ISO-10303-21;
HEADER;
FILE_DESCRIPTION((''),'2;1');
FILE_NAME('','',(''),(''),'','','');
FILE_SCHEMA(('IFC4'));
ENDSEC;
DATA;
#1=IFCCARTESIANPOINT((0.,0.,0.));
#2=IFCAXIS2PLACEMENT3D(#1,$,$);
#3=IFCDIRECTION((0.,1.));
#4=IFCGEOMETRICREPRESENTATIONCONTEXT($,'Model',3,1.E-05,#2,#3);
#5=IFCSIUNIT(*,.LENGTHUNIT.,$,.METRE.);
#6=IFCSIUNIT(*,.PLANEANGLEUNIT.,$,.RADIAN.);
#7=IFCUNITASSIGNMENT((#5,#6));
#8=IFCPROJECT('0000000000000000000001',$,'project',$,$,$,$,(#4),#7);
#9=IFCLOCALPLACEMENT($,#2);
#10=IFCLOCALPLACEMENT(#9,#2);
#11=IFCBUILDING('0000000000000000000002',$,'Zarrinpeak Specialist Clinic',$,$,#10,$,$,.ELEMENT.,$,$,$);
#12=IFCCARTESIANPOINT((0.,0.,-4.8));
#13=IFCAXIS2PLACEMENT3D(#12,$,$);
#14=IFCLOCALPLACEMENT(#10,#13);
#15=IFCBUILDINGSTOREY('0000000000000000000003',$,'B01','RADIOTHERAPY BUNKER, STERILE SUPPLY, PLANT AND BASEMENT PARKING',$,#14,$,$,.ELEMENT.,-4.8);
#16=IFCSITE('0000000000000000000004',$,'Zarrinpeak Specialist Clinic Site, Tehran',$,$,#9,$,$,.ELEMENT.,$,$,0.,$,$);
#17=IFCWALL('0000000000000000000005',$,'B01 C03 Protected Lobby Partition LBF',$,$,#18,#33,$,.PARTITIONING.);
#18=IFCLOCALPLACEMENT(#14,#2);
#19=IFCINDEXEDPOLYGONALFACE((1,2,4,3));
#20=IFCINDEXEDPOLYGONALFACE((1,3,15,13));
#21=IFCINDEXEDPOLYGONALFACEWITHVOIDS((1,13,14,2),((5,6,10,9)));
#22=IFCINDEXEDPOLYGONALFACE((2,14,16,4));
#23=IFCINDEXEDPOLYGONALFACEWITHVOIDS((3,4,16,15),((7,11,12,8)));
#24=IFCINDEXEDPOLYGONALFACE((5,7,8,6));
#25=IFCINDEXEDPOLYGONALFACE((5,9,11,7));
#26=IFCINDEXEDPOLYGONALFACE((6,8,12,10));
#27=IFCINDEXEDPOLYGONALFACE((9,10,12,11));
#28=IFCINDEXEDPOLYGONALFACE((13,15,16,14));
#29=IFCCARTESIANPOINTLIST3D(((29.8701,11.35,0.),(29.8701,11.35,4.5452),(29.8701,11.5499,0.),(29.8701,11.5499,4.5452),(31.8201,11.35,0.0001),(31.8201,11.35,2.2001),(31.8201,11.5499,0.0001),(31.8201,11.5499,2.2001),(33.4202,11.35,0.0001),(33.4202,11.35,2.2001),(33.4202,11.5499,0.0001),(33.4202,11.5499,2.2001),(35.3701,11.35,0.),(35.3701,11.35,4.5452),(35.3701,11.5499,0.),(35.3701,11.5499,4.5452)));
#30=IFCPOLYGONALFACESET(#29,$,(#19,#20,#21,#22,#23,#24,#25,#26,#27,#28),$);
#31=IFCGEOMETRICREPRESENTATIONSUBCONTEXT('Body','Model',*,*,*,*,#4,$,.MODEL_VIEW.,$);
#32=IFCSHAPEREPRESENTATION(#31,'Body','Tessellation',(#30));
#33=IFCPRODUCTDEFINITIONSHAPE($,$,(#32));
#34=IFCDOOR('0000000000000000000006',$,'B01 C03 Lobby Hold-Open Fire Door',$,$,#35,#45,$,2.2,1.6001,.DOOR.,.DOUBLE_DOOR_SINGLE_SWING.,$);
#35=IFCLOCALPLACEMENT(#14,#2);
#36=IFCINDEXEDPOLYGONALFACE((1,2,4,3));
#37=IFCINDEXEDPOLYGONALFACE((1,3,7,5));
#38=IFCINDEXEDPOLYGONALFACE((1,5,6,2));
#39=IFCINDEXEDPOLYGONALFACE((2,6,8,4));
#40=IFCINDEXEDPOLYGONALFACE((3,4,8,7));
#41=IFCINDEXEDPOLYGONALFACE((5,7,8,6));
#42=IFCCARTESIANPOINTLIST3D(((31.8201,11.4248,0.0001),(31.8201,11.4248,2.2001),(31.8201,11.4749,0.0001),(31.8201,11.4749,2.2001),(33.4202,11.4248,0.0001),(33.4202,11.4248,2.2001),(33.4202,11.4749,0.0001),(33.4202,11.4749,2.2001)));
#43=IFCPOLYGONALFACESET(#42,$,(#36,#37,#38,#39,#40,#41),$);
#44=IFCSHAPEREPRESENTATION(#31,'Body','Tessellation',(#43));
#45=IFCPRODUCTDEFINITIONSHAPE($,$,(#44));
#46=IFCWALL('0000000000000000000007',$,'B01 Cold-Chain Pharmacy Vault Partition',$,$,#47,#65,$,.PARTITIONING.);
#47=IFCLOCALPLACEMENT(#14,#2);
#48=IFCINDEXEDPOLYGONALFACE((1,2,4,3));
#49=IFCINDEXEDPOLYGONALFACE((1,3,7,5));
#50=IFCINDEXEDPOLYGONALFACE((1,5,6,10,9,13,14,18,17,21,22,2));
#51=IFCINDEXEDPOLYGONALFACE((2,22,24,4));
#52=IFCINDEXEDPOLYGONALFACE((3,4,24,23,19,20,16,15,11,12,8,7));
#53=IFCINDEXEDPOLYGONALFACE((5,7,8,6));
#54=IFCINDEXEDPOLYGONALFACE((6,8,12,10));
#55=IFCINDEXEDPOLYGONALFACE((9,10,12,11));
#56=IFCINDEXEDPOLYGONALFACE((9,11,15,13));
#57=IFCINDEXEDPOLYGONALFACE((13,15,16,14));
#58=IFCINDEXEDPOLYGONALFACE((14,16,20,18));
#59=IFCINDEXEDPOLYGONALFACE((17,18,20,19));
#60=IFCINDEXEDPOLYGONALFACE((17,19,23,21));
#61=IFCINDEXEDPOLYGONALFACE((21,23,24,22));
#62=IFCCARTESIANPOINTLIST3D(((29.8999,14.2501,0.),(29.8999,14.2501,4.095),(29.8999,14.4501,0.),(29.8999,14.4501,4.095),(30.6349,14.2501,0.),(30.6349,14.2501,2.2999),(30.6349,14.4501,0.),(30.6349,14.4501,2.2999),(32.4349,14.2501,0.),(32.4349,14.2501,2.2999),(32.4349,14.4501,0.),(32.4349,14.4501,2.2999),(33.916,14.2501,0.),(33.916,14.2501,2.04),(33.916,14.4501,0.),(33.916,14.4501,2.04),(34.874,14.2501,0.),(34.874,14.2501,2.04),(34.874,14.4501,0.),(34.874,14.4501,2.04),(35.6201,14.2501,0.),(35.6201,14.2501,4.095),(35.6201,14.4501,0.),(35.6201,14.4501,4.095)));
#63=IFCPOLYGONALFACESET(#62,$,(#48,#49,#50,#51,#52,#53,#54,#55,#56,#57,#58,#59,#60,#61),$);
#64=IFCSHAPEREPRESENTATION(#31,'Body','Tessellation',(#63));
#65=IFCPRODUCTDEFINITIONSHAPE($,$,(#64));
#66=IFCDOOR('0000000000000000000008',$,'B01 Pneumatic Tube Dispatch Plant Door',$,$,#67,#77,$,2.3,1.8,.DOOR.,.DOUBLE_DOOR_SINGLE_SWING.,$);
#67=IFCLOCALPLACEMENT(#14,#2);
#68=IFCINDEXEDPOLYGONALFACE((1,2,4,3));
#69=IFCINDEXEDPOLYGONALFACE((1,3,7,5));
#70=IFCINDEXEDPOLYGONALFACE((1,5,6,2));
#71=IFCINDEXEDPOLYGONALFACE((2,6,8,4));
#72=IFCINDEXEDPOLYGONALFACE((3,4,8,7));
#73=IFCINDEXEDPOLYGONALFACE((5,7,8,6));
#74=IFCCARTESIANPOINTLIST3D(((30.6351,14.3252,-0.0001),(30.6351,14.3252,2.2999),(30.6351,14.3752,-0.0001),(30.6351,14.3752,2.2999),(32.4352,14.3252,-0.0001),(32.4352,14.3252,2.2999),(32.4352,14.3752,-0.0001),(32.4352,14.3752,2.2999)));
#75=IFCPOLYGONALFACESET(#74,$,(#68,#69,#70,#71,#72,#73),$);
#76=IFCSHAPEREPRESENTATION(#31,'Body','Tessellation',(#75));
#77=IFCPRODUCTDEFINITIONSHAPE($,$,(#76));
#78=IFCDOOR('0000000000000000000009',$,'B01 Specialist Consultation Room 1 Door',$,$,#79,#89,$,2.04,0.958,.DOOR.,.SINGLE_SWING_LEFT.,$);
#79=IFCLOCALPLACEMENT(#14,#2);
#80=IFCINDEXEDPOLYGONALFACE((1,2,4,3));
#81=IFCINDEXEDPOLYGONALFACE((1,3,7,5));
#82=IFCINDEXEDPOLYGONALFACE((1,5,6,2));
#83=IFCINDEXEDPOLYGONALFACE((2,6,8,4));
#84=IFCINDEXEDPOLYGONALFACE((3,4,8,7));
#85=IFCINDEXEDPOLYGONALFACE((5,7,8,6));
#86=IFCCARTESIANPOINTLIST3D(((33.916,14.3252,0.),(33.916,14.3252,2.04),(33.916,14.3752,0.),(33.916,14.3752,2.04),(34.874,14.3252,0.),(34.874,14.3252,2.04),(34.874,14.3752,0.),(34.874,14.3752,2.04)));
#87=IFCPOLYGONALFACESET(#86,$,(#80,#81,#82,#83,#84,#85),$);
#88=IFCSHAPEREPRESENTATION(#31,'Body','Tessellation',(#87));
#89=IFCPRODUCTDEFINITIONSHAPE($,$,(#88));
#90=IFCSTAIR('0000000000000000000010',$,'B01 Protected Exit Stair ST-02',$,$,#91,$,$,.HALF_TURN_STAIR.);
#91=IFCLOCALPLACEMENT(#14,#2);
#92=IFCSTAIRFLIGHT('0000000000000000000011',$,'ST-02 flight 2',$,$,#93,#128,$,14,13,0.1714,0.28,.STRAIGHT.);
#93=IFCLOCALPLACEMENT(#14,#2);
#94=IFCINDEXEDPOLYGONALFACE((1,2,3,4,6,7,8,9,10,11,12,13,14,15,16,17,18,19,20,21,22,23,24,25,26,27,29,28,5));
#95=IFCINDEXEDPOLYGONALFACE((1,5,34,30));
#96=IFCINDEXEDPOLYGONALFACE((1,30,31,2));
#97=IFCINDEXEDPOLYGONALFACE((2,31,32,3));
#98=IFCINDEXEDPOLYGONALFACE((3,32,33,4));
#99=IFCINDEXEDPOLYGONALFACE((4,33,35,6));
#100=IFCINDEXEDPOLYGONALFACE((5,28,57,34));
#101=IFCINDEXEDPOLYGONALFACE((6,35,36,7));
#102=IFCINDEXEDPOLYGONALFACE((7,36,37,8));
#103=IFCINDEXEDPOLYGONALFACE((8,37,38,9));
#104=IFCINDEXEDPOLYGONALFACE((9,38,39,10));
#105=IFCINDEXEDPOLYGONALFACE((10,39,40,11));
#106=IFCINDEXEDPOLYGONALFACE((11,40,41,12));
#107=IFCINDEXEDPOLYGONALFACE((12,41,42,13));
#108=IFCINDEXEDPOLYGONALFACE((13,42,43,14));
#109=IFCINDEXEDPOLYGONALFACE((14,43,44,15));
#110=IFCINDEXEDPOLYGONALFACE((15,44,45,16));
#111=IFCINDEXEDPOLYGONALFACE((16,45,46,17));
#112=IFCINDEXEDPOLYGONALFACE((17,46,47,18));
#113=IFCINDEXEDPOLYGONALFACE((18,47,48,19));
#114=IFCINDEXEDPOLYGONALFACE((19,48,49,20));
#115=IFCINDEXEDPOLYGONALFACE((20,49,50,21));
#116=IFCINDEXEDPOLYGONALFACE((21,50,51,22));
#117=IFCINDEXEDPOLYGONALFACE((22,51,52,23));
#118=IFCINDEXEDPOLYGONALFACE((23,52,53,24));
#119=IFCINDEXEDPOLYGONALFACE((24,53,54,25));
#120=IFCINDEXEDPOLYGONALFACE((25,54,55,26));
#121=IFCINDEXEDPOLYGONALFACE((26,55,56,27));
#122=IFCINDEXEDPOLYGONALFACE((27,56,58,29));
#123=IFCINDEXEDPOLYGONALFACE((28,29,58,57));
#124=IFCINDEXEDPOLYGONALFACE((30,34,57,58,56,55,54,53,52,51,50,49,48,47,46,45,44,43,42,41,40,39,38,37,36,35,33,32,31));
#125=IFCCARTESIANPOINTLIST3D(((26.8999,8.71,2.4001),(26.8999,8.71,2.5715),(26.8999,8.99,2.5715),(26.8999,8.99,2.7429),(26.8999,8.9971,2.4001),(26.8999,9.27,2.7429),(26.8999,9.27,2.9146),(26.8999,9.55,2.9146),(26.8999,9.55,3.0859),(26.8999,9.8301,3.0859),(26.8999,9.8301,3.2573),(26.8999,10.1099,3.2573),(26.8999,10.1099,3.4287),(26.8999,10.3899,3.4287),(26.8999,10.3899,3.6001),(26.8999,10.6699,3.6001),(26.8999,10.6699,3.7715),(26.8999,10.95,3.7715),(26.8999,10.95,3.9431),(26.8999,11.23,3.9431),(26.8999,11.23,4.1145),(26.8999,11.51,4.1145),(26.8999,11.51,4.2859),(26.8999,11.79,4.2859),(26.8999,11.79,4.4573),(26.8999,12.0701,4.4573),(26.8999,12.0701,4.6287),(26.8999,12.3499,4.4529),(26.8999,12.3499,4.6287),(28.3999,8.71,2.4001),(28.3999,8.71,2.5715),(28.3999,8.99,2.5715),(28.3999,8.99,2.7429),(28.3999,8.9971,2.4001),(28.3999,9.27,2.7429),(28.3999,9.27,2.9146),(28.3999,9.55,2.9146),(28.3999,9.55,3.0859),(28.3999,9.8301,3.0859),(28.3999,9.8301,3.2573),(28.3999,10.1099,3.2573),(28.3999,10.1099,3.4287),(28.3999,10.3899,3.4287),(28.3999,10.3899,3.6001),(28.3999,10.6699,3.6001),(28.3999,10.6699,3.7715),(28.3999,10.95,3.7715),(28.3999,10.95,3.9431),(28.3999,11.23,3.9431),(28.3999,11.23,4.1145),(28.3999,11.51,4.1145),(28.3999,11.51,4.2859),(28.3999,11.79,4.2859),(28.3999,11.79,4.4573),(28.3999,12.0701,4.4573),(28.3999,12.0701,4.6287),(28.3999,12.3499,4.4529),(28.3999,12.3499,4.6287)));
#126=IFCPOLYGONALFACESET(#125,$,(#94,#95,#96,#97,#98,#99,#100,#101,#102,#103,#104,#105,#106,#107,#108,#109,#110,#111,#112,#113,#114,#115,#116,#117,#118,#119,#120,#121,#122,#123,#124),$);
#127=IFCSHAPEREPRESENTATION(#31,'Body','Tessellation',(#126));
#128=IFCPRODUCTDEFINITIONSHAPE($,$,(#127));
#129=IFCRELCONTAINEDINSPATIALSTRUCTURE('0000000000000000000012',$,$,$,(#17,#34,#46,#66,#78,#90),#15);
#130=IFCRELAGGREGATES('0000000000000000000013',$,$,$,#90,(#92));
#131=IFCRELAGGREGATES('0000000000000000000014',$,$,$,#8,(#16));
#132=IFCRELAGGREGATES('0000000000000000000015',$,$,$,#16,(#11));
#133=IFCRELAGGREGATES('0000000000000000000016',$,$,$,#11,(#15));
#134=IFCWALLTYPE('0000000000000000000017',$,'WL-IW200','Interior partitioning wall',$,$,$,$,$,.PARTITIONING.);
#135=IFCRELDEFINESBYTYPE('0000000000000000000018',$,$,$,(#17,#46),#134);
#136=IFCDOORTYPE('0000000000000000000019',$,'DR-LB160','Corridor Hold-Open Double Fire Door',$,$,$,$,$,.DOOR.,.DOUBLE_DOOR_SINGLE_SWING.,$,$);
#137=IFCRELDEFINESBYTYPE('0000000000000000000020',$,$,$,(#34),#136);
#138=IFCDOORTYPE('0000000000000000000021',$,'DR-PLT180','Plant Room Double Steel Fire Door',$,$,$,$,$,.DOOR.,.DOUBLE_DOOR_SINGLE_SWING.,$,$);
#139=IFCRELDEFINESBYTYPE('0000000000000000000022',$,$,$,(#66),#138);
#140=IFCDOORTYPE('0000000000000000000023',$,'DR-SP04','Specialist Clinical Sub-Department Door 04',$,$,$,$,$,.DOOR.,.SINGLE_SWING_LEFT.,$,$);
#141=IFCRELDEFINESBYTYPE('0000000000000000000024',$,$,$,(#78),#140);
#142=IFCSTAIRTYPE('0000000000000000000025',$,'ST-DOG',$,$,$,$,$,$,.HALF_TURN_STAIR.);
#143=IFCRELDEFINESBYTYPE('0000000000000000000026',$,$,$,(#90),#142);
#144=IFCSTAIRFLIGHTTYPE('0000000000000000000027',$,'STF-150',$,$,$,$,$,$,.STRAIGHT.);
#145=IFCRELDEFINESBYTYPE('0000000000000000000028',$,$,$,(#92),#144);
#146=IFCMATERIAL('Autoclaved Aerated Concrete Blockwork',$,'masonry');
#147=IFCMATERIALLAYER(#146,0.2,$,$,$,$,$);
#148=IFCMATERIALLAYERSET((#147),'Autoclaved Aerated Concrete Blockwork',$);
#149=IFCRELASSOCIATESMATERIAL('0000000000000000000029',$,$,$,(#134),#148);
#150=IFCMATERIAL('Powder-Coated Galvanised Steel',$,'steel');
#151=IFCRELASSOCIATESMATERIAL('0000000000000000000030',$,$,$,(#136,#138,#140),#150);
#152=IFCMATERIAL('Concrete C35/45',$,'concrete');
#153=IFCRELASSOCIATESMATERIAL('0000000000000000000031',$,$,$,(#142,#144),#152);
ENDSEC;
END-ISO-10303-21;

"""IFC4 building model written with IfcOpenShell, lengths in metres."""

from ifc_helpers import new_model, si_unit, direction, frame, frame_2d, origin, place, context, subcontext, project, spatial, polyline, rectangle, outline, extrude, material, layer, layer_set, type_object, element, fill, aggregate, save


model = new_model("IFC4")

# Units and contexts
model_context = context("Model", 3, precision=1e-05, world=origin(), true_north=direction((0.0, 1.0)))
body_context = subcontext(model_context, "Body", "Model", "MODEL_VIEW")
ifc_project = project(units=[si_unit("LENGTHUNIT", "METRE"), si_unit("PLANEANGLEUNIT", "RADIAN")], contexts=[model_context])

# Site, building, storey
site_placement = place(None, origin())
site = spatial("IfcSite", under=ifc_project, at=site_placement, Name="Zarrinpeak Specialist Clinic Site, Tehran", CompositionType="ELEMENT", RefElevation=0.0)
building_placement = place(site_placement, origin())
building = spatial("IfcBuilding", under=site, at=building_placement, Name="Zarrinpeak Specialist Clinic", CompositionType="ELEMENT")
storey_placement = place(building_placement, frame((0.0, 0.0, -4.8)))
storey = spatial("IfcBuildingStorey", under=building, at=storey_placement, Name="B01", Description="RADIOTHERAPY BUNKER, STERILE SUPPLY, PLANT AND BASEMENT PARKING", CompositionType="ELEMENT", Elevation=-4.8)

# Wall, opening, door
ifc_material_1 = material(Name="Powder-Coated Galvanised Steel", Category="steel")
ifc_material_2 = material(Name="Autoclaved Aerated Concrete Blockwork", Category="masonry")
ifc_layer_1 = layer(ifc_material_2, 0.2)
ifc_layer_set_1 = layer_set([ifc_layer_1], Name="Autoclaved Aerated Concrete Blockwork")
wall_type_1 = type_object("IfcWallType", Name="WL-IW200", Description="Interior partitioning wall", PredefinedType="PARTITIONING", material=ifc_layer_set_1)
wall_1_placement = place(storey_placement, frame((29.8701, 11.45, 0.0), z_axis=(0.0, 0.0, 1.0), x_axis=(1.0, 0.0, 0.0)))
wall_1 = element("IfcWall", 1, at=wall_1_placement, inside=storey, type_object=wall_type_1, Name="B01 C03 Protected Lobby Partition LBF", PredefinedType="PARTITIONING", context=body_context, shape_type="SweptSolid", body=[
    extrude(rectangle(XDim=5.5, YDim=0.2, at=frame_2d((2.75, 0.0))), origin(), (0.0, 0.0, 1.0), 4.5452),
])
opening_1_placement = place(wall_1_placement, frame((1.95, 0.0, 0.0)))
opening_1 = element("IfcOpeningElement", 2, at=opening_1_placement, cuts=wall_1, PredefinedType="OPENING", context=body_context, shape_type="SweptSolid", body=[
    extrude(rectangle(XDim=1.6001, YDim=2.2, at=frame_2d((0.8, 1.1001))), frame((0.0, 0.1099, 0.0), z_axis=(0.0, -1.0, 0.0), x_axis=(1.0, 0.0, 0.0)), (0.0, 0.0, 1.0), 0.22),
])
door_type_1 = type_object("IfcDoorType", Name="DR-LB160", Description="Corridor Hold-Open Double Fire Door", OperationType="DOUBLE_DOOR_SINGLE_SWING", PredefinedType="DOOR", material=ifc_material_1)
door_1_placement = place(opening_1_placement, origin())
door_1 = element("IfcDoor", 3, at=door_1_placement, inside=storey, type_object=door_type_1, Name="B01 C03 Lobby Hold-Open Fire Door", OperationType="DOUBLE_DOOR_SINGLE_SWING", OverallHeight=2.2, OverallWidth=1.6001, PredefinedType="DOOR", context=body_context, shape_type="SweptSolid", body=[
    extrude(rectangle(XDim=1.6001, YDim=2.2, at=frame_2d((0.8, 1.1001))), frame((0.0, 0.0249, 0.0), z_axis=(0.0, -1.0, 0.0), x_axis=(1.0, 0.0, 0.0)), (0.0, 0.0, 1.0), 0.05),
])
fill(opening_1, door_1)

# Wall, openings, doors
wall_2_placement = place(storey_placement, frame((29.8999, 14.3501, 0.0), z_axis=(0.0, 0.0, 1.0), x_axis=(1.0, 0.0, 0.0)))
wall_2 = element("IfcWall", 4, at=wall_2_placement, inside=storey, type_object=wall_type_1, Name="B01 Cold-Chain Pharmacy Vault Partition", PredefinedType="PARTITIONING", context=body_context, shape_type="SweptSolid", body=[
    extrude(rectangle(XDim=5.7202, YDim=0.2, at=frame_2d((2.8601, 0.0))), origin(), (0.0, 0.0, 1.0), 4.095),
])
opening_2_placement = place(wall_2_placement, frame((0.7351, 0.0, 0.0)))
opening_2 = element("IfcOpeningElement", 5, at=opening_2_placement, cuts=wall_2, PredefinedType="OPENING", context=body_context, shape_type="SweptSolid", body=[
    extrude(rectangle(XDim=1.8, YDim=2.3, at=frame_2d((0.8999, 1.1499))), frame((0.0, 0.1099, 0.0), z_axis=(0.0, -1.0, 0.0), x_axis=(1.0, 0.0, 0.0)), (0.0, 0.0, 1.0), 0.22),
])
opening_3_placement = place(wall_2_placement, frame((4.0161, 0.0, 0.0)))
opening_3 = element("IfcOpeningElement", 6, at=opening_3_placement, cuts=wall_2, PredefinedType="OPENING", context=body_context, shape_type="SweptSolid", body=[
    extrude(rectangle(XDim=0.958, YDim=2.04, at=frame_2d((0.479, 1.02))), frame((0.0, 0.1099, 0.0), z_axis=(0.0, -1.0, 0.0), x_axis=(1.0, 0.0, 0.0)), (0.0, 0.0, 1.0), 0.22),
])
door_type_2 = type_object("IfcDoorType", Name="DR-PLT180", Description="Plant Room Double Steel Fire Door", OperationType="DOUBLE_DOOR_SINGLE_SWING", PredefinedType="DOOR", material=ifc_material_1)
door_2_placement = place(opening_2_placement, frame((1.8, 0.0, 0.0), z_axis=(0.0, 0.0, 1.0), x_axis=(-1.0, 0.0, 0.0)))
door_2 = element("IfcDoor", 7, at=door_2_placement, inside=storey, type_object=door_type_2, Name="B01 Pneumatic Tube Dispatch Plant Door", OperationType="DOUBLE_DOOR_SINGLE_SWING", OverallHeight=2.3, OverallWidth=1.8, PredefinedType="DOOR", context=body_context, shape_type="SweptSolid", body=[
    extrude(rectangle(XDim=1.8, YDim=2.3, at=frame_2d((0.8999, 1.1499))), frame((0.0, 0.0249, 0.0), z_axis=(0.0, -1.0, 0.0), x_axis=(1.0, 0.0, 0.0)), (0.0, 0.0, 1.0), 0.05),
])
fill(opening_2, door_2)
door_type_3 = type_object("IfcDoorType", Name="DR-SP04", Description="Specialist Clinical Sub-Department Door 04", OperationType="SINGLE_SWING_LEFT", PredefinedType="DOOR", material=ifc_material_1)
door_3_placement = place(opening_3_placement, frame((0.958, 0.0, 0.0), z_axis=(0.0, 0.0, 1.0), x_axis=(-1.0, 0.0, 0.0)))
door_3 = element("IfcDoor", 8, at=door_3_placement, inside=storey, type_object=door_type_3, Name="B01 Specialist Consultation Room 1 Door", OperationType="SINGLE_SWING_LEFT", OverallHeight=2.04, OverallWidth=0.958, PredefinedType="DOOR", context=body_context, shape_type="SweptSolid", body=[
    extrude(rectangle(XDim=0.958, YDim=2.04, at=frame_2d((0.479, 1.02))), frame((0.0, 0.0249, 0.0), z_axis=(0.0, -1.0, 0.0), x_axis=(1.0, 0.0, 0.0)), (0.0, 0.0, 1.0), 0.05),
])
fill(opening_3, door_3)

# Stair, stair flight
ifc_material_3 = material(Name="Concrete C35/45", Category="concrete")
stair_type = type_object("IfcStairType", Name="ST-DOG", PredefinedType="HALF_TURN_STAIR", material=ifc_material_3)
stair_placement = place(storey_placement, origin())
stair = element("IfcStair", 9, at=stair_placement, inside=storey, type_object=stair_type, Name="B01 Protected Exit Stair ST-02", PredefinedType="HALF_TURN_STAIR")
stair_flight_type = type_object("IfcStairFlightType", Name="STF-150", PredefinedType="STRAIGHT", material=ifc_material_3)
stair_flight_placement = place(storey_placement, frame((27.6499, 8.71, 2.4001), z_axis=(0.0, 0.0, 1.0), x_axis=(0.0, 1.0, 0.0)))
stair_flight = element("IfcStairFlight", 10, at=stair_flight_placement, type_object=stair_flight_type, Name="ST-02 flight 2", NumberOfRisers=14, NumberOfTreads=13, PredefinedType="STRAIGHT", RiserHeight=0.1714, TreadLength=0.28, context=body_context, shape_type="SweptSolid", body=[
    extrude(outline(polyline([(0.0, 0.0), (0.0, 0.1714), (0.28, 0.1714), (0.28, 0.3428), (0.5601, 0.3428), (0.5601, 0.5144), (0.8401, 0.5144), (0.8401, 0.6858), (1.1201, 0.6858), (1.1201, 0.8572), (1.3999, 0.8572), (1.3999, 1.0286), (1.6799, 1.0286), (1.6799, 1.2), (1.96, 1.2), (1.96, 1.3713), (2.24, 1.3713), (2.24, 1.543), (2.52, 1.543), (2.52, 1.7144), (2.8, 1.7144), (2.8, 1.8857), (3.0801, 1.8857), (3.0801, 2.0571), (3.3601, 2.0571), (3.3601, 2.2285), (3.6399, 2.2285), (3.6399, 2.3999), (3.6399, 2.0527), (0.2871, 0.0), (0.0, 0.0)])), frame((0.0, 0.75, 0.0), z_axis=(0.0, -1.0, 0.0), x_axis=(1.0, 0.0, 0.0)), (0.0, 0.0, 1.0), 1.5),
])
aggregate(stair, [stair_flight])

save(model, "model.ifc")
